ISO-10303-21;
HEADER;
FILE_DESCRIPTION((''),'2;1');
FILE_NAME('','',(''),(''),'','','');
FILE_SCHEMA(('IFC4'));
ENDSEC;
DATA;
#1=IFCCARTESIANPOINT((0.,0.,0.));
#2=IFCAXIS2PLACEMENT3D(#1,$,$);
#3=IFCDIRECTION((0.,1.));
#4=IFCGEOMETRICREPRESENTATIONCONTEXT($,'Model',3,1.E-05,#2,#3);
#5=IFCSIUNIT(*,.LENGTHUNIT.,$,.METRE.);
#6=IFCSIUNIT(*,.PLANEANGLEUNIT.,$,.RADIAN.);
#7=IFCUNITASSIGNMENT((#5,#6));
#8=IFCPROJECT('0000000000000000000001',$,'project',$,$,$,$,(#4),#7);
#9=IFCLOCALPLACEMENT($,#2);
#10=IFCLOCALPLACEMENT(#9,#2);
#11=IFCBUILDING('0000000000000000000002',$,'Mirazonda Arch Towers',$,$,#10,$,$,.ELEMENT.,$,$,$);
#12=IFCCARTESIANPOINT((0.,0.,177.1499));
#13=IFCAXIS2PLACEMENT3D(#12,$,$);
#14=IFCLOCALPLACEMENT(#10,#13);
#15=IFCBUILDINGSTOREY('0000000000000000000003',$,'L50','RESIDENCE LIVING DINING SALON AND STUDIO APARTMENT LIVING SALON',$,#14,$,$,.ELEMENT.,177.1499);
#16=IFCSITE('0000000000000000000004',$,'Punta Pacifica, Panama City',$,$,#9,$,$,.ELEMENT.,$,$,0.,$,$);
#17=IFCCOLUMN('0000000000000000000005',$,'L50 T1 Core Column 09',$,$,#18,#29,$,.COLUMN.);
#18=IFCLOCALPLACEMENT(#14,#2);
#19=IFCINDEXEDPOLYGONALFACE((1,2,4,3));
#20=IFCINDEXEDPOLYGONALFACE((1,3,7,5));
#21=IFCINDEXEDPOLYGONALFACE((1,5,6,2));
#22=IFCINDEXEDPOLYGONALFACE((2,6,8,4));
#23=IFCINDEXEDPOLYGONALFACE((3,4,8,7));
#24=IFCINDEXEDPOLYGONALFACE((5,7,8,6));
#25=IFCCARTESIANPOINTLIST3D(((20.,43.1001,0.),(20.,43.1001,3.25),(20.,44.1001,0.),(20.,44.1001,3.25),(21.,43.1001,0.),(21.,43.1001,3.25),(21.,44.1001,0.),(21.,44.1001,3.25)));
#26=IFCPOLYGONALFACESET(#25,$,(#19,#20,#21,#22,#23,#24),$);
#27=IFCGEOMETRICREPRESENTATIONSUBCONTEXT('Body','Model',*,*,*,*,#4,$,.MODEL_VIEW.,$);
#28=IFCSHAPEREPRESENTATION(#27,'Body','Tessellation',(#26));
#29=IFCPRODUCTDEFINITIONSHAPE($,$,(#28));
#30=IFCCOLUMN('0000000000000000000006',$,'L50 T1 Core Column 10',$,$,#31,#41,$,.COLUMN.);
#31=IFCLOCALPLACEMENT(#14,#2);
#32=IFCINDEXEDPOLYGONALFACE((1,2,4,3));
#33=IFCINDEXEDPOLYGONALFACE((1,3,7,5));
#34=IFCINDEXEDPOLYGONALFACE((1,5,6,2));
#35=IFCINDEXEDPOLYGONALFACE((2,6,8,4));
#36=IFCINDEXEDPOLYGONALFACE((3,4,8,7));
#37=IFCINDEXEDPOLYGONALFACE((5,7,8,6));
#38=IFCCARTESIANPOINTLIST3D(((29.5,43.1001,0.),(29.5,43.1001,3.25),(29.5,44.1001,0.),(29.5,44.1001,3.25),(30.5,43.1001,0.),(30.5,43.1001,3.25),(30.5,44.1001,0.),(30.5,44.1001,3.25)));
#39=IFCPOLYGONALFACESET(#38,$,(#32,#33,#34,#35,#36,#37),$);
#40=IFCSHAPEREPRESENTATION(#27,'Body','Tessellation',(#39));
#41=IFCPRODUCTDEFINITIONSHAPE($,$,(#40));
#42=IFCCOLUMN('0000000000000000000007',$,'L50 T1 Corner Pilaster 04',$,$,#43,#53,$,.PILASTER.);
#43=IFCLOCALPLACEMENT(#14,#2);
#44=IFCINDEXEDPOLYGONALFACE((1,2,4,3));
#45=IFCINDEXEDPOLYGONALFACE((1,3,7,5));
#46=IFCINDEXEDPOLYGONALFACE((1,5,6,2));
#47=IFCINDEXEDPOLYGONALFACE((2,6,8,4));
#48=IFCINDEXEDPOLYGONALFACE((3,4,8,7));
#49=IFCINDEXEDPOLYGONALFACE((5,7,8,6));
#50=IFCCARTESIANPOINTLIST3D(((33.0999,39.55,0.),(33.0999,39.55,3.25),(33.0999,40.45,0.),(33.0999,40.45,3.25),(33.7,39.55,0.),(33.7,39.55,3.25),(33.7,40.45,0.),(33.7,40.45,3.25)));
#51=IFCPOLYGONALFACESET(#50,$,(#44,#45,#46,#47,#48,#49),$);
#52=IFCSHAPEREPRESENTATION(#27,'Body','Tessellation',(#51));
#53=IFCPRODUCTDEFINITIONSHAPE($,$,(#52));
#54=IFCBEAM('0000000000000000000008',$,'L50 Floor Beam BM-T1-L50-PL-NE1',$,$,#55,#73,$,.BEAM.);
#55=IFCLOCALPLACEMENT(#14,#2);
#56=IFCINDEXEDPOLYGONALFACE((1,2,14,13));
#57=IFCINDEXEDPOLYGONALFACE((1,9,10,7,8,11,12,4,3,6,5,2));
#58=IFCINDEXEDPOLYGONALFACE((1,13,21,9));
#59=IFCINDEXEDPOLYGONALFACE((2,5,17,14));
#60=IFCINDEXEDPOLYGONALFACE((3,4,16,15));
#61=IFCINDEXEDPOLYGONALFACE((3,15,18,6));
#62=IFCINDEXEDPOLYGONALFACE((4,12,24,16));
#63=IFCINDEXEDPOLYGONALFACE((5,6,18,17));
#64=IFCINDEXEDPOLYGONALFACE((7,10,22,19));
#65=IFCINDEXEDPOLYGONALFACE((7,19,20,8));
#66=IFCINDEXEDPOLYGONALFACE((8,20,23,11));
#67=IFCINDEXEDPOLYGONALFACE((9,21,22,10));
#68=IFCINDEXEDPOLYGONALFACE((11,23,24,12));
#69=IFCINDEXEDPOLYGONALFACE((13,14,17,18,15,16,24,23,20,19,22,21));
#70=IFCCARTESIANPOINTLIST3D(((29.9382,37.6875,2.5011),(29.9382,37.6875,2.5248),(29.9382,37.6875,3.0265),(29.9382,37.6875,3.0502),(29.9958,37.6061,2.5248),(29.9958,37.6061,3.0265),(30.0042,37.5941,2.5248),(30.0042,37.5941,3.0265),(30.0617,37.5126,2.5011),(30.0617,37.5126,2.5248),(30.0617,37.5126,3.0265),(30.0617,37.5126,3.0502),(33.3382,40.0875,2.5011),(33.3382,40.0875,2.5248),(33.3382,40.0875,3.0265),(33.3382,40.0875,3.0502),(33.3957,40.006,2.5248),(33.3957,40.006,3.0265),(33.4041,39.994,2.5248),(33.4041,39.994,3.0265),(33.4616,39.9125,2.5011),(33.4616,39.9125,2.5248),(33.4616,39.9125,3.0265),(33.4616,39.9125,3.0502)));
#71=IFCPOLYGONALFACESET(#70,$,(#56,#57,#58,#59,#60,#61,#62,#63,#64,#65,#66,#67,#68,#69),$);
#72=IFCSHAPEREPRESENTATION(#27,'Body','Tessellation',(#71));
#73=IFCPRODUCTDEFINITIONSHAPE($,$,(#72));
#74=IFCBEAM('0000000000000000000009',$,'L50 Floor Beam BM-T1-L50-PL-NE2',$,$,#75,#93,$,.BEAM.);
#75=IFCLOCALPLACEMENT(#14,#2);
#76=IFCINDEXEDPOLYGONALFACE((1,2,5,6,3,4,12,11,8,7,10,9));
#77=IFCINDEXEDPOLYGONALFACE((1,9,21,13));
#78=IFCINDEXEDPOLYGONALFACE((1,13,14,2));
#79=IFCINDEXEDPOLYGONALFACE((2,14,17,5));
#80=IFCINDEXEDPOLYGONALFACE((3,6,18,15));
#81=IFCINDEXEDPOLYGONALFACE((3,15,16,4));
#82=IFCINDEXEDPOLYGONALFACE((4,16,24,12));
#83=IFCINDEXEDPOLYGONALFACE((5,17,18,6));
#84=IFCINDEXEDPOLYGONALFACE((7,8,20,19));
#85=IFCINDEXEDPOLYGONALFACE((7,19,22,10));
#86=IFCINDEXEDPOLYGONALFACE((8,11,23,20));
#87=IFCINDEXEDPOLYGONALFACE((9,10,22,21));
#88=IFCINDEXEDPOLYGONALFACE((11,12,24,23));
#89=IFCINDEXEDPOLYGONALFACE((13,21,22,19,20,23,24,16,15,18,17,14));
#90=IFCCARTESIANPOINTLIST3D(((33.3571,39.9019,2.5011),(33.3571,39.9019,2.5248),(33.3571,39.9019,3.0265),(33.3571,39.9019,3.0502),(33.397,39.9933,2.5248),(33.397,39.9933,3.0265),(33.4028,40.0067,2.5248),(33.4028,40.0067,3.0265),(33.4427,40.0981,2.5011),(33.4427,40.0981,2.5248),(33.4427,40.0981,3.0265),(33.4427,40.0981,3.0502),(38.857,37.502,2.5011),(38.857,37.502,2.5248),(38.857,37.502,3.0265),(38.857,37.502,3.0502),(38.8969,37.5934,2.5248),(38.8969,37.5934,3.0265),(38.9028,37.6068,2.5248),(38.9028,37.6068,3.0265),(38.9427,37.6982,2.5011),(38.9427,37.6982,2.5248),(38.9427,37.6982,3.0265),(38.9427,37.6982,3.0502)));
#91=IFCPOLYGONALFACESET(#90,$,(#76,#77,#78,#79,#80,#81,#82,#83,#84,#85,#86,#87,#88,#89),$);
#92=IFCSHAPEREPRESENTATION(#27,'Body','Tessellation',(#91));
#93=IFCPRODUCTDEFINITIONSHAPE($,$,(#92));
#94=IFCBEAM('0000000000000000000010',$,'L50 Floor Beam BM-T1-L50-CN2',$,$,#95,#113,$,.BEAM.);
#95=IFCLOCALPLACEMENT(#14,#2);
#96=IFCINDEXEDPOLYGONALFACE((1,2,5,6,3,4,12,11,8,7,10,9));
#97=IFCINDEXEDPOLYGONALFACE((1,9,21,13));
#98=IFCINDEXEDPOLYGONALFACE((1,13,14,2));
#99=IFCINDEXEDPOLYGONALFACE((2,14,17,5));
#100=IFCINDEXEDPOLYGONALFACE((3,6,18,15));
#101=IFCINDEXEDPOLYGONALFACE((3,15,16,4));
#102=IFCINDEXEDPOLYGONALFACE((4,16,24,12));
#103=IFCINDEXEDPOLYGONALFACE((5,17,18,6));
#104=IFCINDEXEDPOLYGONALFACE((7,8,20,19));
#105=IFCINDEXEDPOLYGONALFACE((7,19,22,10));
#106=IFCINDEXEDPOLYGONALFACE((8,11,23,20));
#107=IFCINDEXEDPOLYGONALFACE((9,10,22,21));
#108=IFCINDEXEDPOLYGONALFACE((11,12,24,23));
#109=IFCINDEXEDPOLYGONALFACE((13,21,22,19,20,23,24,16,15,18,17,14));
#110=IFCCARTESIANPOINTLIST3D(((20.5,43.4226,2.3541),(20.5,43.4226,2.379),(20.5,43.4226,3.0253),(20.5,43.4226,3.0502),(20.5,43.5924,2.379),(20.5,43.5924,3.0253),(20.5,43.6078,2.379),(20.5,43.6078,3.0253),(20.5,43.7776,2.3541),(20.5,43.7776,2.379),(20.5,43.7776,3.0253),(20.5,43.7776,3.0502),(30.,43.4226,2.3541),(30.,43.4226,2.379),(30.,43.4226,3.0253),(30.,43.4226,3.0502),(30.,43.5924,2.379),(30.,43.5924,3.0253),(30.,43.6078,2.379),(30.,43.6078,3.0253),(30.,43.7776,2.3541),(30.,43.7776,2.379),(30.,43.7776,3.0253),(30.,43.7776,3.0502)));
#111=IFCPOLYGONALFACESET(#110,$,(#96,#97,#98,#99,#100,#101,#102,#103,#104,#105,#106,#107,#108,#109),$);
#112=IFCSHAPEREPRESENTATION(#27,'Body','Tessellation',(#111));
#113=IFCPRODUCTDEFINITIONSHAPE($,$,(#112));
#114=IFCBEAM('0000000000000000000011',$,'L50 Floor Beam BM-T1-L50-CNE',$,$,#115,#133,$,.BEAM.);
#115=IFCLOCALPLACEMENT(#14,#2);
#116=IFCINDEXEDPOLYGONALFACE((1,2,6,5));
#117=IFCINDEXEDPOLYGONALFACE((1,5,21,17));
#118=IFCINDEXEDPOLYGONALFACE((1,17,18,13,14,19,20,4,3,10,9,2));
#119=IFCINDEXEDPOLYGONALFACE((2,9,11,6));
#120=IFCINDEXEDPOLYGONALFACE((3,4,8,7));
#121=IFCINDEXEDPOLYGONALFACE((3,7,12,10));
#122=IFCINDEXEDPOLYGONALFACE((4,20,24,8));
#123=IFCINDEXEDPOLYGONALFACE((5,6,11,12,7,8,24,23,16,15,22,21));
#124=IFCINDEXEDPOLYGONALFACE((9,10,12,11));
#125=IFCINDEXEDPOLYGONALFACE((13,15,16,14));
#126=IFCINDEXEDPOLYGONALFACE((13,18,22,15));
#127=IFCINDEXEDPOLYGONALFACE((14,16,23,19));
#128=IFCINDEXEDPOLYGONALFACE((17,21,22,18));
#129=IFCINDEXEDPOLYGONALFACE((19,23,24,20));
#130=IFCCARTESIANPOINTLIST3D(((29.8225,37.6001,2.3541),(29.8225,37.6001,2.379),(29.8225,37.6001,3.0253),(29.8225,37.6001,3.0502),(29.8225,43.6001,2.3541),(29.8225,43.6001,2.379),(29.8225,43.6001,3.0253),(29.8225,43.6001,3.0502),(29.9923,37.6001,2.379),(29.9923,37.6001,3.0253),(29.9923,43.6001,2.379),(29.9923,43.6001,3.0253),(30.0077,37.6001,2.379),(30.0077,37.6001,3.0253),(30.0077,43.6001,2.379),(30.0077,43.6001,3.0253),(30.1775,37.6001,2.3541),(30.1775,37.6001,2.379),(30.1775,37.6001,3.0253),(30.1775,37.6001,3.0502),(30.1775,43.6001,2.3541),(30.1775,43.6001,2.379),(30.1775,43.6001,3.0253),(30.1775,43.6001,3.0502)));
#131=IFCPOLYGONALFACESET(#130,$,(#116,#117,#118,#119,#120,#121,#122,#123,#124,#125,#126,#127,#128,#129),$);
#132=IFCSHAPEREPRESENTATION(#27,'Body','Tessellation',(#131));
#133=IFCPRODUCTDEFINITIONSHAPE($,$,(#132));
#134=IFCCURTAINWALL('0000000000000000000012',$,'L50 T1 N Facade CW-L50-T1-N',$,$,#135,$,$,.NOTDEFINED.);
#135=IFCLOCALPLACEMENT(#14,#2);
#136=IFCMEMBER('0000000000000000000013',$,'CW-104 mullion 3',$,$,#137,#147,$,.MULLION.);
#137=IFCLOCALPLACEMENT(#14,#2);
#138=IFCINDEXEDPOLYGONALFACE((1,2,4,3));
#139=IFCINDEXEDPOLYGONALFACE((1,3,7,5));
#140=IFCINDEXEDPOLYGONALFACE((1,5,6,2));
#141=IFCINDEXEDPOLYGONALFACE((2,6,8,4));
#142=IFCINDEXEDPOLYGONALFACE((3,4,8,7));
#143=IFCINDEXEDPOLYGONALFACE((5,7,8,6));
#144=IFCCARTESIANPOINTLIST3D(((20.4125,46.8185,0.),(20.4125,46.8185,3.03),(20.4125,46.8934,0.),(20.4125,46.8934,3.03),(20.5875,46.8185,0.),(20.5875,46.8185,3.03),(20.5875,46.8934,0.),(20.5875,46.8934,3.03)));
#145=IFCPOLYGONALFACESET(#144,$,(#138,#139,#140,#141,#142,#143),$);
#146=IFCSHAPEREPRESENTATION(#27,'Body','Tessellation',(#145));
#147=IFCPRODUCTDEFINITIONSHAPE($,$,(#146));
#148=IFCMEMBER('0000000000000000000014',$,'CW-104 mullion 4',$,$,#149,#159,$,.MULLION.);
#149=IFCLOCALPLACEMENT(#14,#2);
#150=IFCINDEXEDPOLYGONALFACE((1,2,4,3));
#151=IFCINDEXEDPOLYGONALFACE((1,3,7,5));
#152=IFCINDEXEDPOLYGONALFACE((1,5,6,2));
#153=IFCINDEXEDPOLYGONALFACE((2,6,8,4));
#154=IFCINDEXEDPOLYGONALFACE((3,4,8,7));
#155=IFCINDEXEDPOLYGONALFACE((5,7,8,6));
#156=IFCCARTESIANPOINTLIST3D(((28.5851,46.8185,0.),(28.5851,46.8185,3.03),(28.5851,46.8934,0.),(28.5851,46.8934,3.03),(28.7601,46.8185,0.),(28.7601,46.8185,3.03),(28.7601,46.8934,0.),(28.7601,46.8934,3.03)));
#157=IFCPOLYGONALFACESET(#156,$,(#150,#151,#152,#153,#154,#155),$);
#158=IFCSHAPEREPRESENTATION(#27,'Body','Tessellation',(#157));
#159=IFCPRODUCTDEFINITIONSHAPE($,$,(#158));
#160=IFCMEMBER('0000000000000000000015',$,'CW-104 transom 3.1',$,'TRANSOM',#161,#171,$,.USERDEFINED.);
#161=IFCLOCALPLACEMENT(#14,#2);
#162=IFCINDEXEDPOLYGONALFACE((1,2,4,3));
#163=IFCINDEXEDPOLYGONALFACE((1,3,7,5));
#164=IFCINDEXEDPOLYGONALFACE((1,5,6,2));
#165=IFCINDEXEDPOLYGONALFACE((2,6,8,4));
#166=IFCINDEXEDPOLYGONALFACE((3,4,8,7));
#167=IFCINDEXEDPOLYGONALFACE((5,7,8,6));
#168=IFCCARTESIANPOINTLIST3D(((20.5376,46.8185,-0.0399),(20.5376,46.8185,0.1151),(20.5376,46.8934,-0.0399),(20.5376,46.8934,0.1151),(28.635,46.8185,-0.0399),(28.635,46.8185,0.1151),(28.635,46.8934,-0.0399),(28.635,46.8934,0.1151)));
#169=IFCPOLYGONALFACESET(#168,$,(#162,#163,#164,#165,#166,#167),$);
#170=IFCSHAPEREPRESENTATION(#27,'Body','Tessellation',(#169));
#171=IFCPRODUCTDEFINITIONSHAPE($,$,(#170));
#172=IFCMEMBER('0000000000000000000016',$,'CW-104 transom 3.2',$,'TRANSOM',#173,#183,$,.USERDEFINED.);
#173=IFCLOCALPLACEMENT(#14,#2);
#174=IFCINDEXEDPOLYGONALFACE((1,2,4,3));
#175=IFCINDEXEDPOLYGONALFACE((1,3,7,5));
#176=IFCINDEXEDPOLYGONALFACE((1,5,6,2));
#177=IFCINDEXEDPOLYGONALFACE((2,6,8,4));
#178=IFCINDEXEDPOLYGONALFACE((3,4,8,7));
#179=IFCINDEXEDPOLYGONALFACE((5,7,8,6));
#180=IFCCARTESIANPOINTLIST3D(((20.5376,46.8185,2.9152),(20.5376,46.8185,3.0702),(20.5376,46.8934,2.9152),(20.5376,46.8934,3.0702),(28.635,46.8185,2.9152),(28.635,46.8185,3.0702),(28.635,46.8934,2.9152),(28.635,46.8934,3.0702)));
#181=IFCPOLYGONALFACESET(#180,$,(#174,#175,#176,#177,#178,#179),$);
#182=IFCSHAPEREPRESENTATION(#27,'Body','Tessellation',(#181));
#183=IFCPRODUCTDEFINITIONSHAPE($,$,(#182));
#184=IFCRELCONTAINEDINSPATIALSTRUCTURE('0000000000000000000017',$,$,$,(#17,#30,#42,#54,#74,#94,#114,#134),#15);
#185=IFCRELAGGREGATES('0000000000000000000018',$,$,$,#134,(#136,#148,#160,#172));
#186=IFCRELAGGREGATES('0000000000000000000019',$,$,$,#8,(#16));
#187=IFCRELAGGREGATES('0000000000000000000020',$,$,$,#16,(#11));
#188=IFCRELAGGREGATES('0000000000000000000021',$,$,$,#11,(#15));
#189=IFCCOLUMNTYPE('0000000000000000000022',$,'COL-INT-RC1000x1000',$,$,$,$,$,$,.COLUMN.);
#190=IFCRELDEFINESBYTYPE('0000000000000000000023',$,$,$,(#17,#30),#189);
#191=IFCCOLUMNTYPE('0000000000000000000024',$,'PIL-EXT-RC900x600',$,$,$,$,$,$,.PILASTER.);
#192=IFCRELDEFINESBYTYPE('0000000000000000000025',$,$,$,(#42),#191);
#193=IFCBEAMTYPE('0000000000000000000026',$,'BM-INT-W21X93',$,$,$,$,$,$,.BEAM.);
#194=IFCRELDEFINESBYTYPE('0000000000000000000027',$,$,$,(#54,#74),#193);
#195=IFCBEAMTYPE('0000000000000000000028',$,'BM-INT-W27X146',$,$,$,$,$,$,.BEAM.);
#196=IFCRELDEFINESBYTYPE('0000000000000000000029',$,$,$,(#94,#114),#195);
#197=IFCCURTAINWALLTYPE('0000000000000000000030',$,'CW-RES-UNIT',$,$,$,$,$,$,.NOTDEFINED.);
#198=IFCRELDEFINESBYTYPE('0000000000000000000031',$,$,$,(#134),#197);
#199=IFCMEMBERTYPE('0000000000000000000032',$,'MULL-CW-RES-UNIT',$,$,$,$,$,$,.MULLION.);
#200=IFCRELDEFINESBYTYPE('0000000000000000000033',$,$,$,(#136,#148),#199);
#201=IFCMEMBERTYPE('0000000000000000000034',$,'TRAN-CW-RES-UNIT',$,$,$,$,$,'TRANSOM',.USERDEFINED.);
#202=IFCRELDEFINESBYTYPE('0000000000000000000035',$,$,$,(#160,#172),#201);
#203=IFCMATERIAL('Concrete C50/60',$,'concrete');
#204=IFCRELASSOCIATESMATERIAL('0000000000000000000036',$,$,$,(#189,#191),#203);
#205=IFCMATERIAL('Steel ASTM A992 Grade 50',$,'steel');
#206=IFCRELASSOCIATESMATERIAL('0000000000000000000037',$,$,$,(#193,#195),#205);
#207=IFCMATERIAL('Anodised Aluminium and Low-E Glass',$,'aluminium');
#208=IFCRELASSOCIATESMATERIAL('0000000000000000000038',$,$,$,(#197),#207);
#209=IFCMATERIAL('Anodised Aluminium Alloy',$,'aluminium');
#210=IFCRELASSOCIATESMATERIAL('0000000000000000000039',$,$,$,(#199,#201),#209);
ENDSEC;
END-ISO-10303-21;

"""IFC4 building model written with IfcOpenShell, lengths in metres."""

from ifc_helpers import new_model, si_unit, direction, frame, origin, origin_2d, place, context, subcontext, project, spatial, rectangle, i_section, extrude, material, material_profile, profile_set, type_object, element, aggregate, save


model = new_model("IFC4")

# Units and contexts
model_context = context("Model", 3, precision=1e-05, world=origin(), true_north=direction((0.0, 1.0)))
body_context = subcontext(model_context, "Body", "Model", "MODEL_VIEW")
ifc_project = project(units=[si_unit("LENGTHUNIT", "METRE"), si_unit("PLANEANGLEUNIT", "RADIAN")], contexts=[model_context])

# Site, building, storey
site_placement = place(None, origin())
site = spatial("IfcSite", under=ifc_project, at=site_placement, Name="Punta Pacifica, Panama City", CompositionType="ELEMENT", RefElevation=0.0)
building_placement = place(site_placement, origin())
building = spatial("IfcBuilding", under=site, at=building_placement, Name="Mirazonda Arch Towers", CompositionType="ELEMENT")
storey_placement = place(building_placement, frame((0.0, 0.0, 177.1499)))
storey = spatial("IfcBuildingStorey", under=building, at=storey_placement, Name="L50", Description="RESIDENCE LIVING DINING SALON AND STUDIO APARTMENT LIVING SALON", CompositionType="ELEMENT", Elevation=177.1499)

# Columns
ifc_material_1 = material(Name="Concrete C50/60", Category="concrete")
ifc_material_profile_1 = material_profile(ifc_material_1, rectangle(XDim=1.0, YDim=1.0, at=origin_2d()), Name="RC1000x1000")
ifc_profile_set_1 = profile_set([ifc_material_profile_1], Name="Concrete C50/60")
column_type_1 = type_object("IfcColumnType", Name="COL-INT-RC1000x1000", PredefinedType="COLUMN", material=ifc_profile_set_1)
for number, where, z_axis, x_axis, name in (
    (1, (20.5, 43.6001, 0.0), (0.0, 0.0, 1.0), (1.0, 0.0, 0.0), "L50 T1 Core Column 09"),
    (2, (30.0, 43.6001, 0.0), (0.0, 0.0, 1.0), (1.0, 0.0, 0.0), "L50 T1 Core Column 10"),
):
    element("IfcColumn", number, at=place(storey_placement, frame(where, z_axis=z_axis, x_axis=x_axis)), inside=storey, type_object=column_type_1, Name=name, PredefinedType="COLUMN", context=body_context, shape_type="SweptSolid", body=[
        extrude(rectangle(XDim=1.0, YDim=1.0, at=origin_2d()), origin(), (0.0, 0.0, 1.0), 3.25),
    ])
ifc_material_profile_2 = material_profile(ifc_material_1, rectangle(XDim=0.6001, YDim=0.8999, at=origin_2d()), Name="RC900x600")
ifc_profile_set_2 = profile_set([ifc_material_profile_2], Name="Concrete C50/60")
column_type_2 = type_object("IfcColumnType", Name="PIL-EXT-RC900x600", PredefinedType="PILASTER", material=ifc_profile_set_2)
column_placement = place(storey_placement, frame((33.3999, 40.0, 0.0), z_axis=(0.0, 0.0, 1.0), x_axis=(1.0, 0.0, 0.0)))
element("IfcColumn", 3, at=column_placement, inside=storey, type_object=column_type_2, Name="L50 T1 Corner Pilaster 04", PredefinedType="PILASTER", context=body_context, shape_type="SweptSolid", body=[
    extrude(rectangle(XDim=0.6001, YDim=0.8999, at=origin_2d()), origin(), (0.0, 0.0, 1.0), 3.25),
])

# Beams
ifc_material_2 = material(Name="Steel ASTM A992 Grade 50", Category="steel")
ifc_material_profile_3 = material_profile(ifc_material_2, i_section(OverallWidth=0.2141, OverallDepth=0.5491, WebThickness=0.0146, FlangeThickness=0.0237, at=origin_2d()), Name="W21X93")
ifc_profile_set_3 = profile_set([ifc_material_profile_3], Name="Steel ASTM A992 Grade 50")
beam_type_1 = type_object("IfcBeamType", Name="BM-INT-W21X93", PredefinedType="BEAM", material=ifc_profile_set_3)
beam_1_placement = place(storey_placement, frame((33.3999, 40.0, 2.7756), z_axis=(-0.816971, -0.576679, 0.0), x_axis=(0.576679, -0.816971, 0.0)))
element("IfcBeam", 4, at=beam_1_placement, inside=storey, type_object=beam_type_1, Name="L50 Floor Beam BM-T1-L50-PL-NE1", PredefinedType="BEAM", context=body_context, shape_type="SweptSolid", body=[
    extrude(i_section(OverallWidth=0.2141, OverallDepth=0.5491, WebThickness=0.0146, FlangeThickness=0.0237, at=origin_2d()), origin(), (0.0, 0.0, 1.0), 4.1616),
])
beam_2_placement = place(storey_placement, frame((33.3999, 40.0, 2.7756), z_axis=(0.916545, -0.399931, 0.0), x_axis=(0.399931, 0.916545, 0.0)))
element("IfcBeam", 5, at=beam_2_placement, inside=storey, type_object=beam_type_1, Name="L50 Floor Beam BM-T1-L50-PL-NE2", PredefinedType="BEAM", context=body_context, shape_type="SweptSolid", body=[
    extrude(i_section(OverallWidth=0.2141, OverallDepth=0.5491, WebThickness=0.0146, FlangeThickness=0.0237, at=origin_2d()), origin(), (0.0, 0.0, 1.0), 6.0007),
])
ifc_material_profile_4 = material_profile(ifc_material_2, i_section(OverallWidth=0.355, OverallDepth=0.696, WebThickness=0.0154, FlangeThickness=0.0249, at=origin_2d()), Name="W27X146")
ifc_profile_set_4 = profile_set([ifc_material_profile_4], Name="Steel ASTM A992 Grade 50")
beam_type_2 = type_object("IfcBeamType", Name="BM-INT-W27X146", PredefinedType="BEAM", material=ifc_profile_set_4)
beam_3_placement = place(storey_placement, frame((20.5, 43.6001, 2.7021), z_axis=(1.0, 0.0, 0.0), x_axis=(0.0, 1.0, 0.0)))
element("IfcBeam", 6, at=beam_3_placement, inside=storey, type_object=beam_type_2, Name="L50 Floor Beam BM-T1-L50-CN2", PredefinedType="BEAM", context=body_context, shape_type="SweptSolid", body=[
    extrude(i_section(OverallWidth=0.355, OverallDepth=0.696, WebThickness=0.0154, FlangeThickness=0.0249, at=origin_2d()), origin(), (0.0, 0.0, 1.0), 9.5),
])
beam_4_placement = place(storey_placement, frame((30.0, 37.6001, 2.7021), z_axis=(0.0, 1.0, 0.0), x_axis=(-1.0, 0.0, 0.0)))
element("IfcBeam", 7, at=beam_4_placement, inside=storey, type_object=beam_type_2, Name="L50 Floor Beam BM-T1-L50-CNE", PredefinedType="BEAM", context=body_context, shape_type="SweptSolid", body=[
    extrude(i_section(OverallWidth=0.355, OverallDepth=0.696, WebThickness=0.0154, FlangeThickness=0.0249, at=origin_2d()), origin(), (0.0, 0.0, 1.0), 6.0),
])

# Curtain wall, members
ifc_material_3 = material(Name="Anodised Aluminium and Low-E Glass", Category="aluminium")
curtain_wall_type = type_object("IfcCurtainWallType", Name="CW-RES-UNIT", PredefinedType="NOTDEFINED", material=ifc_material_3)
curtain_wall_placement = place(storey_placement, origin())
curtain_wall = element("IfcCurtainWall", 8, at=curtain_wall_placement, inside=storey, type_object=curtain_wall_type, Name="L50 T1 N Facade CW-L50-T1-N", PredefinedType="NOTDEFINED")
ifc_material_4 = material(Name="Anodised Aluminium Alloy", Category="aluminium")
ifc_material_profile_5 = material_profile(ifc_material_4, rectangle(XDim=0.075, YDim=0.175, at=origin_2d()), Name="ALU-MULL-75x175")
ifc_profile_set_5 = profile_set([ifc_material_profile_5], Name="Anodised Aluminium Alloy")
member_type_1 = type_object("IfcMemberType", Name="MULL-CW-RES-UNIT", PredefinedType="MULLION", material=ifc_profile_set_5)
member_1_placement = place(storey_placement, frame((20.5, 46.856, 0.0), z_axis=(0.0, 0.0, 1.0), x_axis=(0.0, 1.0, 0.0)))
member_1 = element("IfcMember", 9, at=member_1_placement, type_object=member_type_1, Name="CW-104 mullion 3", PredefinedType="MULLION", context=body_context, shape_type="SweptSolid", body=[
    extrude(rectangle(XDim=0.075, YDim=0.175, at=origin_2d()), origin(), (0.0, 0.0, 1.0), 3.03),
])
member_2_placement = place(storey_placement, frame((28.6726, 46.856, 0.0), z_axis=(0.0, 0.0, 1.0), x_axis=(0.0, 1.0, 0.0)))
member_2 = element("IfcMember", 10, at=member_2_placement, type_object=member_type_1, Name="CW-104 mullion 4", PredefinedType="MULLION", context=body_context, shape_type="SweptSolid", body=[
    extrude(rectangle(XDim=0.075, YDim=0.175, at=origin_2d()), origin(), (0.0, 0.0, 1.0), 3.03),
])
ifc_material_profile_6 = material_profile(ifc_material_4, rectangle(XDim=0.075, YDim=0.155, at=origin_2d()), Name="ALU-TRAN-75x155")
ifc_profile_set_6 = profile_set([ifc_material_profile_6], Name="Anodised Aluminium Alloy")
member_type_2 = type_object("IfcMemberType", Name="TRAN-CW-RES-UNIT", ElementType="TRANSOM", PredefinedType="USERDEFINED", material=ifc_profile_set_6)
member_3_placement = place(storey_placement, frame((20.5376, 46.856, 0.0376), z_axis=(1.0, 0.0, 0.0), x_axis=(0.0, 1.0, 0.0)))
member_3 = element("IfcMember", 11, at=member_3_placement, type_object=member_type_2, Name="CW-104 transom 3.1", ObjectType="TRANSOM", PredefinedType="USERDEFINED", context=body_context, shape_type="SweptSolid", body=[
    extrude(rectangle(XDim=0.075, YDim=0.155, at=origin_2d()), origin(), (0.0, 0.0, 1.0), 8.0974),
])
member_4_placement = place(storey_placement, frame((20.5376, 46.856, 2.9927), z_axis=(1.0, 0.0, 0.0), x_axis=(0.0, 1.0, 0.0)))
member_4 = element("IfcMember", 12, at=member_4_placement, type_object=member_type_2, Name="CW-104 transom 3.2", ObjectType="TRANSOM", PredefinedType="USERDEFINED", context=body_context, shape_type="SweptSolid", body=[
    extrude(rectangle(XDim=0.075, YDim=0.155, at=origin_2d()), origin(), (0.0, 0.0, 1.0), 8.0974),
])
aggregate(curtain_wall, [member_1, member_2, member_3, member_4])

save(model, "model.ifc")
